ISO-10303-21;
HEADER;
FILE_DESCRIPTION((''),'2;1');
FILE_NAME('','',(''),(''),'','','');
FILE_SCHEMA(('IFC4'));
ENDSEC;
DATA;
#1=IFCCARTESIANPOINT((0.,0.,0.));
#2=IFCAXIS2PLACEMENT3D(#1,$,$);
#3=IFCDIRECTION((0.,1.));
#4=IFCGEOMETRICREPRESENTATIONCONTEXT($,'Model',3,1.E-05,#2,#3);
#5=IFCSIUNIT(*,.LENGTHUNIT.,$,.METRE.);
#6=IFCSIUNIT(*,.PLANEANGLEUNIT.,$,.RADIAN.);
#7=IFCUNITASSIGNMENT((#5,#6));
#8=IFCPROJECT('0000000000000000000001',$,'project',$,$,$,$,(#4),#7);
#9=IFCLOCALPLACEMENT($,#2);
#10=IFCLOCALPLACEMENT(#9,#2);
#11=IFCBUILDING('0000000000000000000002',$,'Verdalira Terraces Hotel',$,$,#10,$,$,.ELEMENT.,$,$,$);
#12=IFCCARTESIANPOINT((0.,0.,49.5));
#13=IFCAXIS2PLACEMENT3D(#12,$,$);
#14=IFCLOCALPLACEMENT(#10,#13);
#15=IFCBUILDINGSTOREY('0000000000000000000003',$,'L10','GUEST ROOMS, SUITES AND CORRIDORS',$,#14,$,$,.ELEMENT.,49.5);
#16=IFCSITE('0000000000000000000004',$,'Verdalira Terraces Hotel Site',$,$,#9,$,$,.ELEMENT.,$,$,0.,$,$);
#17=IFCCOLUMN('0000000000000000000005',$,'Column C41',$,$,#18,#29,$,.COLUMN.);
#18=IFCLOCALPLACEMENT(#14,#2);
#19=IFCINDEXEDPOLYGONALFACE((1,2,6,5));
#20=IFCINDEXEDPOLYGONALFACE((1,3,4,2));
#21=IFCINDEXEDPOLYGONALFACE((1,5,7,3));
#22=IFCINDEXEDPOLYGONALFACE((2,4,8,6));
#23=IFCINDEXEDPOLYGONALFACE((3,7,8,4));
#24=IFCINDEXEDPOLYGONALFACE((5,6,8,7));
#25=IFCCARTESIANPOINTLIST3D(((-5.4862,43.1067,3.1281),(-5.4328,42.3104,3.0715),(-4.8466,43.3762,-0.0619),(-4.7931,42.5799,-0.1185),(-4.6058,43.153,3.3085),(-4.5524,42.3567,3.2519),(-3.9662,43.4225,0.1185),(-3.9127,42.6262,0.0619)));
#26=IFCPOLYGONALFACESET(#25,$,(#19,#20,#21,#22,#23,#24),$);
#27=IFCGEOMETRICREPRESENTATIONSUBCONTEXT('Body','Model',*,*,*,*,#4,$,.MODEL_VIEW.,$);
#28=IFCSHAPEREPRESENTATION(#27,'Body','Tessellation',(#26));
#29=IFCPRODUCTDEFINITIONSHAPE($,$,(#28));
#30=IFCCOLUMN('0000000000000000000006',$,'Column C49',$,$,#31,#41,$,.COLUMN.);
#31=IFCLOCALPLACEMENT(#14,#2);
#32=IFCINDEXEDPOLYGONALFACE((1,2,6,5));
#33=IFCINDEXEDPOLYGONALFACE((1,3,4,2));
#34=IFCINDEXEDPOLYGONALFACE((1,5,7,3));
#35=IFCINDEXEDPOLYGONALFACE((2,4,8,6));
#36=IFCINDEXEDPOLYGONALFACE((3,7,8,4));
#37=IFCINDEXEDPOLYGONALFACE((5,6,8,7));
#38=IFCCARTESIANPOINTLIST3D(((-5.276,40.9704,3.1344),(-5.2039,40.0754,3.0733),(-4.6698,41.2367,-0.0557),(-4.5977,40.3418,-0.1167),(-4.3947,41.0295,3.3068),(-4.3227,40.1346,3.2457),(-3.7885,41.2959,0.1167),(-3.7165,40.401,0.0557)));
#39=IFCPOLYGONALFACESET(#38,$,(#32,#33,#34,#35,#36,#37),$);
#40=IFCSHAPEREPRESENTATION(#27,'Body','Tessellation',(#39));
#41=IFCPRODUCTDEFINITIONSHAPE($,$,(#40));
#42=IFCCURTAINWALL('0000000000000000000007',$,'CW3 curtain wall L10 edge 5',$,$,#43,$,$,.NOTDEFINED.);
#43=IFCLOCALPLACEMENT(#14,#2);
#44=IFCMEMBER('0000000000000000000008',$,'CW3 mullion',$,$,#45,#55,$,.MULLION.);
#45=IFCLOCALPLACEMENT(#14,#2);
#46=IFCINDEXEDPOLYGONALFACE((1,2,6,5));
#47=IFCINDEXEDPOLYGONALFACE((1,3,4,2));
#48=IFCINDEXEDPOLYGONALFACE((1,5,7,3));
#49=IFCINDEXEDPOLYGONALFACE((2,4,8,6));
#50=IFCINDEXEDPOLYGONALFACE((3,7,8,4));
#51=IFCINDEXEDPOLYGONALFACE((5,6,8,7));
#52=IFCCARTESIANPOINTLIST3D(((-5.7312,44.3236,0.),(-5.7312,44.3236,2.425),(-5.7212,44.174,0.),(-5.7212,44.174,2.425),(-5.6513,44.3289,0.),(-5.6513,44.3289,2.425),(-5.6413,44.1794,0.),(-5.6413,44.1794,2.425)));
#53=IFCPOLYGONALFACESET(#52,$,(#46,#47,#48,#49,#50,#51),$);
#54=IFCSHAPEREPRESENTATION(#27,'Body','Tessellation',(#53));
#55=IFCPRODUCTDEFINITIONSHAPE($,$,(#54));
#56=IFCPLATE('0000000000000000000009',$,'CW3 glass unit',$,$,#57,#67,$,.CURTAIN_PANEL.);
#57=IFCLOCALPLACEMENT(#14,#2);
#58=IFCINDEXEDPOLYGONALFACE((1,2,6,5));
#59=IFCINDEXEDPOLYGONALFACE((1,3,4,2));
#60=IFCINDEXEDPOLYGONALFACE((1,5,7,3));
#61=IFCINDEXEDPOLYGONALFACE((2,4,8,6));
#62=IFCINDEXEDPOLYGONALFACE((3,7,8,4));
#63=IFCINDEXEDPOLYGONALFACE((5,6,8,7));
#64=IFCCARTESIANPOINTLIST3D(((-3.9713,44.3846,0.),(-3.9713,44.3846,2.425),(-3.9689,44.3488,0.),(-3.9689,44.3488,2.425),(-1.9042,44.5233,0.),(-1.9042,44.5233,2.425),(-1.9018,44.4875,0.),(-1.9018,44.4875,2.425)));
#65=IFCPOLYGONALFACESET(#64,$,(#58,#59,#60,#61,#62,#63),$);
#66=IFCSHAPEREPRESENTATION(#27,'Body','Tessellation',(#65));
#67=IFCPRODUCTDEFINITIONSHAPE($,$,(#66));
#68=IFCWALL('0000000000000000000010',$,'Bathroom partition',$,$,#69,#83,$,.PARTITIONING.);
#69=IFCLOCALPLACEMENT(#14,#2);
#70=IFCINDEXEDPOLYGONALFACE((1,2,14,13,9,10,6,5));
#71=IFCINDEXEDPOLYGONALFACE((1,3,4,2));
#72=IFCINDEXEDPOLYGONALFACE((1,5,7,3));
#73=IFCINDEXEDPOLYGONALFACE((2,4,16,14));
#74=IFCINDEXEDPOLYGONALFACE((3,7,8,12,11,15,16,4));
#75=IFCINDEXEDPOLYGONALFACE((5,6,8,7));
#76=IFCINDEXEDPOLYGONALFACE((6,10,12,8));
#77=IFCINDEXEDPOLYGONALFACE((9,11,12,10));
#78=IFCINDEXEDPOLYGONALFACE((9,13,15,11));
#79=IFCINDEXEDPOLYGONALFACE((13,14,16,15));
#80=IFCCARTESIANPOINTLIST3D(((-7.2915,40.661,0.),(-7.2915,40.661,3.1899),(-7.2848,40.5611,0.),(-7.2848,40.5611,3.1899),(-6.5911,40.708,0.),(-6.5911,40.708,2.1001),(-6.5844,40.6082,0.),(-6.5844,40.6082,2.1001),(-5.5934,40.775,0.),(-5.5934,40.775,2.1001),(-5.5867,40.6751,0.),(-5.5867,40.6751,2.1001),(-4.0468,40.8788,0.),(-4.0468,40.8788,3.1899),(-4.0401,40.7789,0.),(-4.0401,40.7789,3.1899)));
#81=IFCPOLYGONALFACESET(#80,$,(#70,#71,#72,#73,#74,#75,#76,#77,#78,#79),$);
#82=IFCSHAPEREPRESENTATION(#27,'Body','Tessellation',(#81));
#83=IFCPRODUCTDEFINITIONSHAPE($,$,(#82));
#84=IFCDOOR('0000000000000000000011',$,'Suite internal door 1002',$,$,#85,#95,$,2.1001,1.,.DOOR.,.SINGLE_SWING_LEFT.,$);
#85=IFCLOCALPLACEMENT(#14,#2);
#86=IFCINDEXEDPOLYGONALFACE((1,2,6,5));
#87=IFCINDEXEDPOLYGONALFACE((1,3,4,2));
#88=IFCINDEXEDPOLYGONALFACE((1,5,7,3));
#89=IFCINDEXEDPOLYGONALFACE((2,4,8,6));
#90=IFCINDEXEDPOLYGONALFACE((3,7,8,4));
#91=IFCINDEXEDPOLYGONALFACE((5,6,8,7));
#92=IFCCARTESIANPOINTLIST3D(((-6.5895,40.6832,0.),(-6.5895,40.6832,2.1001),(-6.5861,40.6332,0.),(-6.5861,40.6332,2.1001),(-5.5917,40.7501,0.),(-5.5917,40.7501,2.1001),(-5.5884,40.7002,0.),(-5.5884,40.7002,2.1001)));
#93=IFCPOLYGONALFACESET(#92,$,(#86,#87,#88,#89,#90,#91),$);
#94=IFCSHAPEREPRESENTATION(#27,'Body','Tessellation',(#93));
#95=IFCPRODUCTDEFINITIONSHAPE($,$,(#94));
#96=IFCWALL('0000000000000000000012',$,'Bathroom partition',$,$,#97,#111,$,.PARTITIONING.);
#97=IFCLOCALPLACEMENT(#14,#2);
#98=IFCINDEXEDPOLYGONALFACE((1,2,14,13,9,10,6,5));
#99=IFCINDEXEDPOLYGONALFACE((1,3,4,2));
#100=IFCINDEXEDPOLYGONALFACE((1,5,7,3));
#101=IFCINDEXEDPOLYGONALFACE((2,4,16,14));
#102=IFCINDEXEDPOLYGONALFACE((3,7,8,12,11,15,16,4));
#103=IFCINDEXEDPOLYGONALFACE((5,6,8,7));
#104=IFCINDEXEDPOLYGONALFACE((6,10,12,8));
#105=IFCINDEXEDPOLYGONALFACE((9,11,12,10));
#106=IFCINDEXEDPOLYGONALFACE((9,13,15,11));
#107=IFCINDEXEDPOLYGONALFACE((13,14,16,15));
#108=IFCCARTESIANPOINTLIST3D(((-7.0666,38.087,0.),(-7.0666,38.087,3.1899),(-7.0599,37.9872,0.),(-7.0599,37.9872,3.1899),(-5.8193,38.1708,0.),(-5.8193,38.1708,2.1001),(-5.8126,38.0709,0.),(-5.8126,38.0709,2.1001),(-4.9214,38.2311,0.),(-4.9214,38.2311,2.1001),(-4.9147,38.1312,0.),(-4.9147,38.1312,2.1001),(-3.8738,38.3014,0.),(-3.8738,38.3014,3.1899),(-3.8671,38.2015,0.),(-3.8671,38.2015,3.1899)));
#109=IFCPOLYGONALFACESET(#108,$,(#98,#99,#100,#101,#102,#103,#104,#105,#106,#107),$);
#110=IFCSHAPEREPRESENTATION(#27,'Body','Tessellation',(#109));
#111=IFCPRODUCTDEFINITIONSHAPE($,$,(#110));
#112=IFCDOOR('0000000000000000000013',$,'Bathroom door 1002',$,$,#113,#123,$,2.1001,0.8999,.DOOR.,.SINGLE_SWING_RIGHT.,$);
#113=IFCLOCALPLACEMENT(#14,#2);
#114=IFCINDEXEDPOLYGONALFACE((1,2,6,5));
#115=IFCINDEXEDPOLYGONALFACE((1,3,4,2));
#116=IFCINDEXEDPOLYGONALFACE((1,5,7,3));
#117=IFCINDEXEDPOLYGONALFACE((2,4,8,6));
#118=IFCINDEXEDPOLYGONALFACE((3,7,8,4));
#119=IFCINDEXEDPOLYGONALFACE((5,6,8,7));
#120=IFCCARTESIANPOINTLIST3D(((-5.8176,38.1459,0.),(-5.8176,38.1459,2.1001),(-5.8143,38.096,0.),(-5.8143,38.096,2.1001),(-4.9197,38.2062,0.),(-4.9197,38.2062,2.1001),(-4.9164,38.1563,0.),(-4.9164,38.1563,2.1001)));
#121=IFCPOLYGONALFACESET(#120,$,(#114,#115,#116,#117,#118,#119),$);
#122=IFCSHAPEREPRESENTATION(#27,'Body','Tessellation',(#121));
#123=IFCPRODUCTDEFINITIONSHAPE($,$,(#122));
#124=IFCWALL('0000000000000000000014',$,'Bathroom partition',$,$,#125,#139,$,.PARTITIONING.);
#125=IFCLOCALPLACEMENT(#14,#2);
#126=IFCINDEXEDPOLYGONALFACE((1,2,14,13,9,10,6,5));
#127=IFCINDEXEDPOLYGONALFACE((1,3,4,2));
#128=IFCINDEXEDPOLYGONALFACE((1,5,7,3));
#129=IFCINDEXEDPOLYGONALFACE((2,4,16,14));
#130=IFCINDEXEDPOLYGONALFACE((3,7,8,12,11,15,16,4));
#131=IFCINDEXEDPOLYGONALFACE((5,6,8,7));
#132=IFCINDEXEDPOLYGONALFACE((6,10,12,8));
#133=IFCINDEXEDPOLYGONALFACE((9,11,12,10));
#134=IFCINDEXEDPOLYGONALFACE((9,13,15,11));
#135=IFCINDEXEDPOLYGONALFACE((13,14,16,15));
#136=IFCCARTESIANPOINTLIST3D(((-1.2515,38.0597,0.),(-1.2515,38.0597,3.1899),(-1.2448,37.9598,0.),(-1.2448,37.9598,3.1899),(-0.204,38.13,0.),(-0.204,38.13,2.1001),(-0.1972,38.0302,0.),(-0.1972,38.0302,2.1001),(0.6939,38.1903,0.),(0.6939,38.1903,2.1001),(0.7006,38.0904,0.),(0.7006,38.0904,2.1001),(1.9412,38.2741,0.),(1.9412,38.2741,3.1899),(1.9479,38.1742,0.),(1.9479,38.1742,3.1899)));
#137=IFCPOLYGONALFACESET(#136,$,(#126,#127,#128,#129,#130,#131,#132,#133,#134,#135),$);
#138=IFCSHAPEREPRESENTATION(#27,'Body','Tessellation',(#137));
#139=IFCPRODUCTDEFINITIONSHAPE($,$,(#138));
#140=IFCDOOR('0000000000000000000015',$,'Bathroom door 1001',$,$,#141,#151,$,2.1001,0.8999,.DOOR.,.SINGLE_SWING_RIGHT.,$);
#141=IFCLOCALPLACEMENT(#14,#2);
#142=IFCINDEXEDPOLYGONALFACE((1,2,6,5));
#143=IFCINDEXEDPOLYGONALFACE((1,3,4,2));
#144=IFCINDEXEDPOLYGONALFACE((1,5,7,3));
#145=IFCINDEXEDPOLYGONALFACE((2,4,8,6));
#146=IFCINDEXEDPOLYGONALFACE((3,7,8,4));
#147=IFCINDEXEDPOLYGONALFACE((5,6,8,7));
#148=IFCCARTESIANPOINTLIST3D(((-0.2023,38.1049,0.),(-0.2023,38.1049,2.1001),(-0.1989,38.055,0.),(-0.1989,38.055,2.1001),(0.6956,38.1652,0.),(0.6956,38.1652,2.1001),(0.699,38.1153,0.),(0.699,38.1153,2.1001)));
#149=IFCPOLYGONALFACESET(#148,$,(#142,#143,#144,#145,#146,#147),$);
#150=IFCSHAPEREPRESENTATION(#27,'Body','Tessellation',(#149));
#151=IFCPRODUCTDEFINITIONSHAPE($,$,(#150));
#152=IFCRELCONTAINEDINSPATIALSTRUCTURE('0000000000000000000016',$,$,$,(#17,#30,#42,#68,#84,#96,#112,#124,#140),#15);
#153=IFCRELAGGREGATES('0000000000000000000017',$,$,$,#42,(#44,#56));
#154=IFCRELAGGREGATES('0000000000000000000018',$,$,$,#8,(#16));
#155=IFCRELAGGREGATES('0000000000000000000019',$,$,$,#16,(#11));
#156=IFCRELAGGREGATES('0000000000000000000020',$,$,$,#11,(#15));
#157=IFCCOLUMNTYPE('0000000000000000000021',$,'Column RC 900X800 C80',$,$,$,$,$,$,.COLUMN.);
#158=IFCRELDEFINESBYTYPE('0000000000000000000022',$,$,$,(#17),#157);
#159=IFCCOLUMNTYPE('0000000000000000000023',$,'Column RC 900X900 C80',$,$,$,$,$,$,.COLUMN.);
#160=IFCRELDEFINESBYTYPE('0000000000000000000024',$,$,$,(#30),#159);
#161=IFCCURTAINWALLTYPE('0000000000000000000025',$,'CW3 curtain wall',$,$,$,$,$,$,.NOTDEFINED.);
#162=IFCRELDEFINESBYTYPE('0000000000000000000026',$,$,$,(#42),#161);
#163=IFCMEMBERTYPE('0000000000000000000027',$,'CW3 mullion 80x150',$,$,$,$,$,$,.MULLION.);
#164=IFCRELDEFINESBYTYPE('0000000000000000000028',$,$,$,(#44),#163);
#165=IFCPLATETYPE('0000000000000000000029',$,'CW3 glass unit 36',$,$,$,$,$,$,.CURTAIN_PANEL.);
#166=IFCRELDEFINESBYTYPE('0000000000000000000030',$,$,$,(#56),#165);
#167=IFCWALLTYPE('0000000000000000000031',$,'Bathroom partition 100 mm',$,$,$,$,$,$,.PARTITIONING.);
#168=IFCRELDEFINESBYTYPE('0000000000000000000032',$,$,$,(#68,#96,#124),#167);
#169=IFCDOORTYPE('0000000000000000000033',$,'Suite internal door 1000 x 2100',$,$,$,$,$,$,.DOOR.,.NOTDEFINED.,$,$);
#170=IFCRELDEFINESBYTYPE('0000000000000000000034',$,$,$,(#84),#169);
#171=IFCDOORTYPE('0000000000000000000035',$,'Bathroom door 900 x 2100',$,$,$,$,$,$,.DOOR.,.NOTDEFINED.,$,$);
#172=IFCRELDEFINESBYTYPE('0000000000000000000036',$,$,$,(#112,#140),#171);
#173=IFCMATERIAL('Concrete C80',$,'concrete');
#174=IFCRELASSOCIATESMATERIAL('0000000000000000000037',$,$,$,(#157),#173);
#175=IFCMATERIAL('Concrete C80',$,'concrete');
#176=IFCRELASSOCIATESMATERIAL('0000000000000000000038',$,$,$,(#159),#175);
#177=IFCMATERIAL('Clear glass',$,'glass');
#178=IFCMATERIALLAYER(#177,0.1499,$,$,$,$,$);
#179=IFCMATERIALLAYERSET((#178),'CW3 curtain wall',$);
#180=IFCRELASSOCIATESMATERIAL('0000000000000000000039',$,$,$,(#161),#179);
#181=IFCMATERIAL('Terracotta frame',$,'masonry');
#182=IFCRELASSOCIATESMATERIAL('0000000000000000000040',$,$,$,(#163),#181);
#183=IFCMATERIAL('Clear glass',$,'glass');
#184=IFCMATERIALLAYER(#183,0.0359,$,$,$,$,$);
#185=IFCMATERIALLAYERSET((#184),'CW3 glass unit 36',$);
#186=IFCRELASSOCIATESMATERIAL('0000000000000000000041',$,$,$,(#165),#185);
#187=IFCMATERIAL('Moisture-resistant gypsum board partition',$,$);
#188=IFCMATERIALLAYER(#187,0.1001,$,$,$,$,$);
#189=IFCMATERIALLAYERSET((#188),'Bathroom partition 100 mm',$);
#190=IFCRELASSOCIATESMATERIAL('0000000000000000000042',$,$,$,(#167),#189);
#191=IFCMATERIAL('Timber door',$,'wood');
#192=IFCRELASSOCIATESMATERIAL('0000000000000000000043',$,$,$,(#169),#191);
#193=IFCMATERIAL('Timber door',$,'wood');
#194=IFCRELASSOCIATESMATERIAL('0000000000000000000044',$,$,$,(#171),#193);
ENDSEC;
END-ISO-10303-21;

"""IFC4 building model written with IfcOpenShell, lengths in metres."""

from ifc_helpers import new_model, si_unit, direction, frame, frame_2d, origin, origin_2d, place, context, subcontext, project, spatial, rectangle, extrude, material, layer, layer_set, material_profile, profile_set, type_object, element, fill, aggregate, save


model = new_model("IFC4")

# Units and contexts
model_context = context("Model", 3, precision=1e-05, world=origin(), true_north=direction((0.0, 1.0)))
body_context = subcontext(model_context, "Body", "Model", "MODEL_VIEW")
ifc_project = project(units=[si_unit("LENGTHUNIT", "METRE"), si_unit("PLANEANGLEUNIT", "RADIAN")], contexts=[model_context])

# Site, building, storey
site_placement = place(None, origin())
site = spatial("IfcSite", under=ifc_project, at=site_placement, Name="Verdalira Terraces Hotel Site", CompositionType="ELEMENT", RefElevation=0.0)
building_placement = place(site_placement, origin())
building = spatial("IfcBuilding", under=site, at=building_placement, Name="Verdalira Terraces Hotel", CompositionType="ELEMENT")
storey_placement = place(building_placement, frame((0.0, 0.0, 49.5)))
storey = spatial("IfcBuildingStorey", under=building, at=storey_placement, Name="L10", Description="GUEST ROOMS, SUITES AND CORRIDORS", CompositionType="ELEMENT", Elevation=49.5)

# Columns
ifc_material_1 = material(Name="Concrete C80", Category="concrete")
ifc_material_profile_1 = material_profile(ifc_material_1, rectangle(XDim=0.8999, YDim=0.8, at=origin_2d()), Name="RC 900X800")
ifc_profile_set_1 = profile_set([ifc_material_profile_1], Name="Concrete C80")
column_type_1 = type_object("IfcColumnType", Name="Column RC 900X800 C80", PredefinedType="COLUMN", material=ifc_profile_set_1)
column_1_placement = place(storey_placement, frame((-4.3796, 43.0012, 0.0), z_axis=(-0.195936, -0.082562, 0.977135), x_axis=(-0.978337, -0.051448, -0.200524)))
element("IfcColumn", 1, at=column_1_placement, inside=storey, type_object=column_type_1, Name="Column C41", PredefinedType="COLUMN", context=body_context, shape_type="SweptSolid", body=[
    extrude(rectangle(XDim=0.8999, YDim=0.8, at=origin_2d()), origin(), (0.0, 0.0, 1.0), 3.2646),
])
ifc_material_2 = material(Name="Concrete C80", Category="concrete")
ifc_material_profile_2 = material_profile(ifc_material_2, rectangle(XDim=0.8999, YDim=0.8999, at=origin_2d()), Name="RC 900X900")
ifc_profile_set_2 = profile_set([ifc_material_profile_2], Name="Concrete C80")
column_type_2 = type_object("IfcColumnType", Name="Column RC 900X900 C80", PredefinedType="COLUMN", material=ifc_profile_set_2)
column_2_placement = place(storey_placement, frame((-4.1931, 40.8188, 0.0), z_axis=(-0.186069, -0.081756, 0.979129), x_axis=(-0.080065, 0.99448, 0.067823)))
element("IfcColumn", 2, at=column_2_placement, inside=storey, type_object=column_type_2, Name="Column C49", PredefinedType="COLUMN", context=body_context, shape_type="SweptSolid", body=[
    extrude(rectangle(XDim=0.8999, YDim=0.8999, at=origin_2d()), origin(), (0.0, 0.0, 1.0), 3.2581),
])

# Curtain wall, member, plate
ifc_material_3 = material(Name="Clear glass", Category="glass")
ifc_layer_1 = layer(ifc_material_3, 0.1499)
ifc_layer_set_1 = layer_set([ifc_layer_1], Name="CW3 curtain wall")
curtain_wall_type = type_object("IfcCurtainWallType", Name="CW3 curtain wall", PredefinedType="NOTDEFINED", material=ifc_layer_set_1)
curtain_wall_placement = place(storey_placement, origin())
curtain_wall = element("IfcCurtainWall", 3, at=curtain_wall_placement, inside=storey, type_object=curtain_wall_type, Name="CW3 curtain wall L10 edge 5", PredefinedType="NOTDEFINED")
ifc_material_4 = material(Name="Terracotta frame", Category="masonry")
ifc_material_profile_3 = material_profile(ifc_material_4, rectangle(XDim=0.0801, YDim=0.1499, at=origin_2d()), Name="MU 80x150")
ifc_profile_set_3 = profile_set([ifc_material_profile_3], Name="Terracotta frame")
member_type = type_object("IfcMemberType", Name="CW3 mullion 80x150", PredefinedType="MULLION", material=ifc_profile_set_3)
member_placement = place(storey_placement, frame((-5.6863, 44.2515, 0.0), z_axis=(0.0, 0.0, 1.0), x_axis=(-0.997755, -0.06697, 0.0)))
member = element("IfcMember", 4, at=member_placement, type_object=member_type, Name="CW3 mullion", PredefinedType="MULLION", context=body_context, shape_type="SweptSolid", body=[
    extrude(rectangle(XDim=0.0801, YDim=0.1499, at=origin_2d()), origin(), (0.0, 0.0, 1.0), 2.425),
])
ifc_material_5 = material(Name="Clear glass", Category="glass")
ifc_layer_2 = layer(ifc_material_5, 0.0359)
ifc_layer_set_2 = layer_set([ifc_layer_2], Name="CW3 glass unit 36")
plate_type = type_object("IfcPlateType", Name="CW3 glass unit 36", PredefinedType="CURTAIN_PANEL", material=ifc_layer_set_2)
plate_placement = place(storey_placement, frame((-2.9365, 44.436, 0.0), z_axis=(0.0, 0.0, 1.0), x_axis=(-0.997755, -0.06697, 0.0)))
plate = element("IfcPlate", 5, at=plate_placement, type_object=plate_type, Name="CW3 glass unit", PredefinedType="CURTAIN_PANEL", context=body_context, shape_type="SweptSolid", body=[
    extrude(rectangle(XDim=2.0718, YDim=0.0359, at=origin_2d()), origin(), (0.0, 0.0, 1.0), 2.425),
])
aggregate(curtain_wall, [member, plate])

# Walls, openings, doors
ifc_material_6 = material(Name="Moisture-resistant gypsum board partition")
ifc_layer_3 = layer(ifc_material_6, 0.1001)
ifc_layer_set_3 = layer_set([ifc_layer_3], Name="Bathroom partition 100 mm")
wall_type_1 = type_object("IfcWallType", Name="Bathroom partition 100 mm", PredefinedType="PARTITIONING", material=ifc_layer_set_3)
wall_1_placement = place(storey_placement, frame((-4.0435, 40.8289, 0.0), z_axis=(0.0, 0.0, 1.0), x_axis=(-0.997755, -0.066967, 0.0)))
wall_1 = element("IfcWall", 6, at=wall_1_placement, inside=storey, type_object=wall_type_1, Name="Bathroom partition", PredefinedType="PARTITIONING", context=body_context, shape_type="SweptSolid", body=[
    extrude(rectangle(XDim=3.252, YDim=0.1001, at=frame_2d((1.626, 0.0))), origin(), (0.0, 0.0, 1.0), 3.1899),
])
opening_1_placement = place(wall_1_placement, frame((1.55, 0.0, 0.0)))
opening_1 = element("IfcOpeningElement", 7, at=opening_1_placement, cuts=wall_1, PredefinedType="OPENING", context=body_context, shape_type="SweptSolid", body=[
    extrude(rectangle(XDim=1.0, YDim=2.1001, at=frame_2d((0.5, 1.05))), frame((0.0, 0.0601, 0.0), z_axis=(0.0, -1.0, 0.0), x_axis=(1.0, 0.0, 0.0)), (0.0, 0.0, 1.0), 0.1201),
])
ifc_material_7 = material(Name="Timber door", Category="wood")
door_type_1 = type_object("IfcDoorType", Name="Suite internal door 1000 x 2100", OperationType="NOTDEFINED", PredefinedType="DOOR", material=ifc_material_7)
door_1_placement = place(opening_1_placement, origin())
door_1 = element("IfcDoor", 8, at=door_1_placement, inside=storey, type_object=door_type_1, Name="Suite internal door 1002", OperationType="SINGLE_SWING_LEFT", OverallHeight=2.1001, OverallWidth=1.0, PredefinedType="DOOR", context=body_context, shape_type="SweptSolid", body=[
    extrude(rectangle(XDim=1.0, YDim=2.1001, at=frame_2d((0.5, 1.05))), frame((0.0, 0.0249, 0.0), z_axis=(0.0, -1.0, 0.0), x_axis=(1.0, 0.0, 0.0)), (0.0, 0.0, 1.0), 0.05),
])
fill(opening_1, door_1)
wall_2_placement = place(storey_placement, frame((-3.8704, 38.2515, 0.0), z_axis=(0.0, 0.0, 1.0), x_axis=(-0.997754, -0.066985, 0.0)))
wall_2 = element("IfcWall", 9, at=wall_2_placement, inside=storey, type_object=wall_type_1, Name="Bathroom partition", PredefinedType="PARTITIONING", context=body_context, shape_type="SweptSolid", body=[
    extrude(rectangle(XDim=3.2, YDim=0.1001, at=frame_2d((1.6001, 0.0))), origin(), (0.0, 0.0, 1.0), 3.1899),
])
opening_2_placement = place(wall_2_placement, frame((1.05, 0.0, 0.0)))
opening_2 = element("IfcOpeningElement", 10, at=opening_2_placement, cuts=wall_2, PredefinedType="OPENING", context=body_context, shape_type="SweptSolid", body=[
    extrude(rectangle(XDim=0.8999, YDim=2.1001, at=frame_2d((0.45, 1.05))), frame((0.0, 0.0601, 0.0), z_axis=(0.0, -1.0, 0.0), x_axis=(1.0, 0.0, 0.0)), (0.0, 0.0, 1.0), 0.1201),
])
ifc_material_8 = material(Name="Timber door", Category="wood")
door_type_2 = type_object("IfcDoorType", Name="Bathroom door 900 x 2100", OperationType="NOTDEFINED", PredefinedType="DOOR", material=ifc_material_8)
door_2_placement = place(opening_2_placement, origin())
door_2 = element("IfcDoor", 11, at=door_2_placement, inside=storey, type_object=door_type_2, Name="Bathroom door 1002", OperationType="SINGLE_SWING_RIGHT", OverallHeight=2.1001, OverallWidth=0.8999, PredefinedType="DOOR", context=body_context, shape_type="SweptSolid", body=[
    extrude(rectangle(XDim=0.8999, YDim=2.1001, at=frame_2d((0.45, 1.05))), frame((0.0, 0.0249, 0.0), z_axis=(0.0, -1.0, 0.0), x_axis=(1.0, 0.0, 0.0)), (0.0, 0.0, 1.0), 0.05),
])
fill(opening_2, door_2)
wall_3_placement = place(storey_placement, frame((-1.2483, 38.0098, 0.0), z_axis=(0.0, 0.0, 1.0), x_axis=(0.997754, 0.066985, 0.0)))
wall_3 = element("IfcWall", 12, at=wall_3_placement, inside=storey, type_object=wall_type_1, Name="Bathroom partition", PredefinedType="PARTITIONING", context=body_context, shape_type="SweptSolid", body=[
    extrude(rectangle(XDim=3.2, YDim=0.1001, at=frame_2d((1.6001, 0.0))), origin(), (0.0, 0.0, 1.0), 3.1899),
])
opening_3_placement = place(wall_3_placement, frame((1.05, 0.0, 0.0)))
opening_3 = element("IfcOpeningElement", 13, at=opening_3_placement, cuts=wall_3, PredefinedType="OPENING", context=body_context, shape_type="SweptSolid", body=[
    extrude(rectangle(XDim=0.8999, YDim=2.1001, at=frame_2d((0.45, 1.05))), frame((0.0, 0.0601, 0.0), z_axis=(0.0, -1.0, 0.0), x_axis=(1.0, 0.0, 0.0)), (0.0, 0.0, 1.0), 0.1201),
])
door_3_placement = place(opening_3_placement, origin())
door_3 = element("IfcDoor", 14, at=door_3_placement, inside=storey, type_object=door_type_2, Name="Bathroom door 1001", OperationType="SINGLE_SWING_RIGHT", OverallHeight=2.1001, OverallWidth=0.8999, PredefinedType="DOOR", context=body_context, shape_type="SweptSolid", body=[
    extrude(rectangle(XDim=0.8999, YDim=2.1001, at=frame_2d((0.45, 1.05))), frame((0.0, 0.0249, 0.0), z_axis=(0.0, -1.0, 0.0), x_axis=(1.0, 0.0, 0.0)), (0.0, 0.0, 1.0), 0.05),
])
fill(opening_3, door_3)

save(model, "model.ifc")
